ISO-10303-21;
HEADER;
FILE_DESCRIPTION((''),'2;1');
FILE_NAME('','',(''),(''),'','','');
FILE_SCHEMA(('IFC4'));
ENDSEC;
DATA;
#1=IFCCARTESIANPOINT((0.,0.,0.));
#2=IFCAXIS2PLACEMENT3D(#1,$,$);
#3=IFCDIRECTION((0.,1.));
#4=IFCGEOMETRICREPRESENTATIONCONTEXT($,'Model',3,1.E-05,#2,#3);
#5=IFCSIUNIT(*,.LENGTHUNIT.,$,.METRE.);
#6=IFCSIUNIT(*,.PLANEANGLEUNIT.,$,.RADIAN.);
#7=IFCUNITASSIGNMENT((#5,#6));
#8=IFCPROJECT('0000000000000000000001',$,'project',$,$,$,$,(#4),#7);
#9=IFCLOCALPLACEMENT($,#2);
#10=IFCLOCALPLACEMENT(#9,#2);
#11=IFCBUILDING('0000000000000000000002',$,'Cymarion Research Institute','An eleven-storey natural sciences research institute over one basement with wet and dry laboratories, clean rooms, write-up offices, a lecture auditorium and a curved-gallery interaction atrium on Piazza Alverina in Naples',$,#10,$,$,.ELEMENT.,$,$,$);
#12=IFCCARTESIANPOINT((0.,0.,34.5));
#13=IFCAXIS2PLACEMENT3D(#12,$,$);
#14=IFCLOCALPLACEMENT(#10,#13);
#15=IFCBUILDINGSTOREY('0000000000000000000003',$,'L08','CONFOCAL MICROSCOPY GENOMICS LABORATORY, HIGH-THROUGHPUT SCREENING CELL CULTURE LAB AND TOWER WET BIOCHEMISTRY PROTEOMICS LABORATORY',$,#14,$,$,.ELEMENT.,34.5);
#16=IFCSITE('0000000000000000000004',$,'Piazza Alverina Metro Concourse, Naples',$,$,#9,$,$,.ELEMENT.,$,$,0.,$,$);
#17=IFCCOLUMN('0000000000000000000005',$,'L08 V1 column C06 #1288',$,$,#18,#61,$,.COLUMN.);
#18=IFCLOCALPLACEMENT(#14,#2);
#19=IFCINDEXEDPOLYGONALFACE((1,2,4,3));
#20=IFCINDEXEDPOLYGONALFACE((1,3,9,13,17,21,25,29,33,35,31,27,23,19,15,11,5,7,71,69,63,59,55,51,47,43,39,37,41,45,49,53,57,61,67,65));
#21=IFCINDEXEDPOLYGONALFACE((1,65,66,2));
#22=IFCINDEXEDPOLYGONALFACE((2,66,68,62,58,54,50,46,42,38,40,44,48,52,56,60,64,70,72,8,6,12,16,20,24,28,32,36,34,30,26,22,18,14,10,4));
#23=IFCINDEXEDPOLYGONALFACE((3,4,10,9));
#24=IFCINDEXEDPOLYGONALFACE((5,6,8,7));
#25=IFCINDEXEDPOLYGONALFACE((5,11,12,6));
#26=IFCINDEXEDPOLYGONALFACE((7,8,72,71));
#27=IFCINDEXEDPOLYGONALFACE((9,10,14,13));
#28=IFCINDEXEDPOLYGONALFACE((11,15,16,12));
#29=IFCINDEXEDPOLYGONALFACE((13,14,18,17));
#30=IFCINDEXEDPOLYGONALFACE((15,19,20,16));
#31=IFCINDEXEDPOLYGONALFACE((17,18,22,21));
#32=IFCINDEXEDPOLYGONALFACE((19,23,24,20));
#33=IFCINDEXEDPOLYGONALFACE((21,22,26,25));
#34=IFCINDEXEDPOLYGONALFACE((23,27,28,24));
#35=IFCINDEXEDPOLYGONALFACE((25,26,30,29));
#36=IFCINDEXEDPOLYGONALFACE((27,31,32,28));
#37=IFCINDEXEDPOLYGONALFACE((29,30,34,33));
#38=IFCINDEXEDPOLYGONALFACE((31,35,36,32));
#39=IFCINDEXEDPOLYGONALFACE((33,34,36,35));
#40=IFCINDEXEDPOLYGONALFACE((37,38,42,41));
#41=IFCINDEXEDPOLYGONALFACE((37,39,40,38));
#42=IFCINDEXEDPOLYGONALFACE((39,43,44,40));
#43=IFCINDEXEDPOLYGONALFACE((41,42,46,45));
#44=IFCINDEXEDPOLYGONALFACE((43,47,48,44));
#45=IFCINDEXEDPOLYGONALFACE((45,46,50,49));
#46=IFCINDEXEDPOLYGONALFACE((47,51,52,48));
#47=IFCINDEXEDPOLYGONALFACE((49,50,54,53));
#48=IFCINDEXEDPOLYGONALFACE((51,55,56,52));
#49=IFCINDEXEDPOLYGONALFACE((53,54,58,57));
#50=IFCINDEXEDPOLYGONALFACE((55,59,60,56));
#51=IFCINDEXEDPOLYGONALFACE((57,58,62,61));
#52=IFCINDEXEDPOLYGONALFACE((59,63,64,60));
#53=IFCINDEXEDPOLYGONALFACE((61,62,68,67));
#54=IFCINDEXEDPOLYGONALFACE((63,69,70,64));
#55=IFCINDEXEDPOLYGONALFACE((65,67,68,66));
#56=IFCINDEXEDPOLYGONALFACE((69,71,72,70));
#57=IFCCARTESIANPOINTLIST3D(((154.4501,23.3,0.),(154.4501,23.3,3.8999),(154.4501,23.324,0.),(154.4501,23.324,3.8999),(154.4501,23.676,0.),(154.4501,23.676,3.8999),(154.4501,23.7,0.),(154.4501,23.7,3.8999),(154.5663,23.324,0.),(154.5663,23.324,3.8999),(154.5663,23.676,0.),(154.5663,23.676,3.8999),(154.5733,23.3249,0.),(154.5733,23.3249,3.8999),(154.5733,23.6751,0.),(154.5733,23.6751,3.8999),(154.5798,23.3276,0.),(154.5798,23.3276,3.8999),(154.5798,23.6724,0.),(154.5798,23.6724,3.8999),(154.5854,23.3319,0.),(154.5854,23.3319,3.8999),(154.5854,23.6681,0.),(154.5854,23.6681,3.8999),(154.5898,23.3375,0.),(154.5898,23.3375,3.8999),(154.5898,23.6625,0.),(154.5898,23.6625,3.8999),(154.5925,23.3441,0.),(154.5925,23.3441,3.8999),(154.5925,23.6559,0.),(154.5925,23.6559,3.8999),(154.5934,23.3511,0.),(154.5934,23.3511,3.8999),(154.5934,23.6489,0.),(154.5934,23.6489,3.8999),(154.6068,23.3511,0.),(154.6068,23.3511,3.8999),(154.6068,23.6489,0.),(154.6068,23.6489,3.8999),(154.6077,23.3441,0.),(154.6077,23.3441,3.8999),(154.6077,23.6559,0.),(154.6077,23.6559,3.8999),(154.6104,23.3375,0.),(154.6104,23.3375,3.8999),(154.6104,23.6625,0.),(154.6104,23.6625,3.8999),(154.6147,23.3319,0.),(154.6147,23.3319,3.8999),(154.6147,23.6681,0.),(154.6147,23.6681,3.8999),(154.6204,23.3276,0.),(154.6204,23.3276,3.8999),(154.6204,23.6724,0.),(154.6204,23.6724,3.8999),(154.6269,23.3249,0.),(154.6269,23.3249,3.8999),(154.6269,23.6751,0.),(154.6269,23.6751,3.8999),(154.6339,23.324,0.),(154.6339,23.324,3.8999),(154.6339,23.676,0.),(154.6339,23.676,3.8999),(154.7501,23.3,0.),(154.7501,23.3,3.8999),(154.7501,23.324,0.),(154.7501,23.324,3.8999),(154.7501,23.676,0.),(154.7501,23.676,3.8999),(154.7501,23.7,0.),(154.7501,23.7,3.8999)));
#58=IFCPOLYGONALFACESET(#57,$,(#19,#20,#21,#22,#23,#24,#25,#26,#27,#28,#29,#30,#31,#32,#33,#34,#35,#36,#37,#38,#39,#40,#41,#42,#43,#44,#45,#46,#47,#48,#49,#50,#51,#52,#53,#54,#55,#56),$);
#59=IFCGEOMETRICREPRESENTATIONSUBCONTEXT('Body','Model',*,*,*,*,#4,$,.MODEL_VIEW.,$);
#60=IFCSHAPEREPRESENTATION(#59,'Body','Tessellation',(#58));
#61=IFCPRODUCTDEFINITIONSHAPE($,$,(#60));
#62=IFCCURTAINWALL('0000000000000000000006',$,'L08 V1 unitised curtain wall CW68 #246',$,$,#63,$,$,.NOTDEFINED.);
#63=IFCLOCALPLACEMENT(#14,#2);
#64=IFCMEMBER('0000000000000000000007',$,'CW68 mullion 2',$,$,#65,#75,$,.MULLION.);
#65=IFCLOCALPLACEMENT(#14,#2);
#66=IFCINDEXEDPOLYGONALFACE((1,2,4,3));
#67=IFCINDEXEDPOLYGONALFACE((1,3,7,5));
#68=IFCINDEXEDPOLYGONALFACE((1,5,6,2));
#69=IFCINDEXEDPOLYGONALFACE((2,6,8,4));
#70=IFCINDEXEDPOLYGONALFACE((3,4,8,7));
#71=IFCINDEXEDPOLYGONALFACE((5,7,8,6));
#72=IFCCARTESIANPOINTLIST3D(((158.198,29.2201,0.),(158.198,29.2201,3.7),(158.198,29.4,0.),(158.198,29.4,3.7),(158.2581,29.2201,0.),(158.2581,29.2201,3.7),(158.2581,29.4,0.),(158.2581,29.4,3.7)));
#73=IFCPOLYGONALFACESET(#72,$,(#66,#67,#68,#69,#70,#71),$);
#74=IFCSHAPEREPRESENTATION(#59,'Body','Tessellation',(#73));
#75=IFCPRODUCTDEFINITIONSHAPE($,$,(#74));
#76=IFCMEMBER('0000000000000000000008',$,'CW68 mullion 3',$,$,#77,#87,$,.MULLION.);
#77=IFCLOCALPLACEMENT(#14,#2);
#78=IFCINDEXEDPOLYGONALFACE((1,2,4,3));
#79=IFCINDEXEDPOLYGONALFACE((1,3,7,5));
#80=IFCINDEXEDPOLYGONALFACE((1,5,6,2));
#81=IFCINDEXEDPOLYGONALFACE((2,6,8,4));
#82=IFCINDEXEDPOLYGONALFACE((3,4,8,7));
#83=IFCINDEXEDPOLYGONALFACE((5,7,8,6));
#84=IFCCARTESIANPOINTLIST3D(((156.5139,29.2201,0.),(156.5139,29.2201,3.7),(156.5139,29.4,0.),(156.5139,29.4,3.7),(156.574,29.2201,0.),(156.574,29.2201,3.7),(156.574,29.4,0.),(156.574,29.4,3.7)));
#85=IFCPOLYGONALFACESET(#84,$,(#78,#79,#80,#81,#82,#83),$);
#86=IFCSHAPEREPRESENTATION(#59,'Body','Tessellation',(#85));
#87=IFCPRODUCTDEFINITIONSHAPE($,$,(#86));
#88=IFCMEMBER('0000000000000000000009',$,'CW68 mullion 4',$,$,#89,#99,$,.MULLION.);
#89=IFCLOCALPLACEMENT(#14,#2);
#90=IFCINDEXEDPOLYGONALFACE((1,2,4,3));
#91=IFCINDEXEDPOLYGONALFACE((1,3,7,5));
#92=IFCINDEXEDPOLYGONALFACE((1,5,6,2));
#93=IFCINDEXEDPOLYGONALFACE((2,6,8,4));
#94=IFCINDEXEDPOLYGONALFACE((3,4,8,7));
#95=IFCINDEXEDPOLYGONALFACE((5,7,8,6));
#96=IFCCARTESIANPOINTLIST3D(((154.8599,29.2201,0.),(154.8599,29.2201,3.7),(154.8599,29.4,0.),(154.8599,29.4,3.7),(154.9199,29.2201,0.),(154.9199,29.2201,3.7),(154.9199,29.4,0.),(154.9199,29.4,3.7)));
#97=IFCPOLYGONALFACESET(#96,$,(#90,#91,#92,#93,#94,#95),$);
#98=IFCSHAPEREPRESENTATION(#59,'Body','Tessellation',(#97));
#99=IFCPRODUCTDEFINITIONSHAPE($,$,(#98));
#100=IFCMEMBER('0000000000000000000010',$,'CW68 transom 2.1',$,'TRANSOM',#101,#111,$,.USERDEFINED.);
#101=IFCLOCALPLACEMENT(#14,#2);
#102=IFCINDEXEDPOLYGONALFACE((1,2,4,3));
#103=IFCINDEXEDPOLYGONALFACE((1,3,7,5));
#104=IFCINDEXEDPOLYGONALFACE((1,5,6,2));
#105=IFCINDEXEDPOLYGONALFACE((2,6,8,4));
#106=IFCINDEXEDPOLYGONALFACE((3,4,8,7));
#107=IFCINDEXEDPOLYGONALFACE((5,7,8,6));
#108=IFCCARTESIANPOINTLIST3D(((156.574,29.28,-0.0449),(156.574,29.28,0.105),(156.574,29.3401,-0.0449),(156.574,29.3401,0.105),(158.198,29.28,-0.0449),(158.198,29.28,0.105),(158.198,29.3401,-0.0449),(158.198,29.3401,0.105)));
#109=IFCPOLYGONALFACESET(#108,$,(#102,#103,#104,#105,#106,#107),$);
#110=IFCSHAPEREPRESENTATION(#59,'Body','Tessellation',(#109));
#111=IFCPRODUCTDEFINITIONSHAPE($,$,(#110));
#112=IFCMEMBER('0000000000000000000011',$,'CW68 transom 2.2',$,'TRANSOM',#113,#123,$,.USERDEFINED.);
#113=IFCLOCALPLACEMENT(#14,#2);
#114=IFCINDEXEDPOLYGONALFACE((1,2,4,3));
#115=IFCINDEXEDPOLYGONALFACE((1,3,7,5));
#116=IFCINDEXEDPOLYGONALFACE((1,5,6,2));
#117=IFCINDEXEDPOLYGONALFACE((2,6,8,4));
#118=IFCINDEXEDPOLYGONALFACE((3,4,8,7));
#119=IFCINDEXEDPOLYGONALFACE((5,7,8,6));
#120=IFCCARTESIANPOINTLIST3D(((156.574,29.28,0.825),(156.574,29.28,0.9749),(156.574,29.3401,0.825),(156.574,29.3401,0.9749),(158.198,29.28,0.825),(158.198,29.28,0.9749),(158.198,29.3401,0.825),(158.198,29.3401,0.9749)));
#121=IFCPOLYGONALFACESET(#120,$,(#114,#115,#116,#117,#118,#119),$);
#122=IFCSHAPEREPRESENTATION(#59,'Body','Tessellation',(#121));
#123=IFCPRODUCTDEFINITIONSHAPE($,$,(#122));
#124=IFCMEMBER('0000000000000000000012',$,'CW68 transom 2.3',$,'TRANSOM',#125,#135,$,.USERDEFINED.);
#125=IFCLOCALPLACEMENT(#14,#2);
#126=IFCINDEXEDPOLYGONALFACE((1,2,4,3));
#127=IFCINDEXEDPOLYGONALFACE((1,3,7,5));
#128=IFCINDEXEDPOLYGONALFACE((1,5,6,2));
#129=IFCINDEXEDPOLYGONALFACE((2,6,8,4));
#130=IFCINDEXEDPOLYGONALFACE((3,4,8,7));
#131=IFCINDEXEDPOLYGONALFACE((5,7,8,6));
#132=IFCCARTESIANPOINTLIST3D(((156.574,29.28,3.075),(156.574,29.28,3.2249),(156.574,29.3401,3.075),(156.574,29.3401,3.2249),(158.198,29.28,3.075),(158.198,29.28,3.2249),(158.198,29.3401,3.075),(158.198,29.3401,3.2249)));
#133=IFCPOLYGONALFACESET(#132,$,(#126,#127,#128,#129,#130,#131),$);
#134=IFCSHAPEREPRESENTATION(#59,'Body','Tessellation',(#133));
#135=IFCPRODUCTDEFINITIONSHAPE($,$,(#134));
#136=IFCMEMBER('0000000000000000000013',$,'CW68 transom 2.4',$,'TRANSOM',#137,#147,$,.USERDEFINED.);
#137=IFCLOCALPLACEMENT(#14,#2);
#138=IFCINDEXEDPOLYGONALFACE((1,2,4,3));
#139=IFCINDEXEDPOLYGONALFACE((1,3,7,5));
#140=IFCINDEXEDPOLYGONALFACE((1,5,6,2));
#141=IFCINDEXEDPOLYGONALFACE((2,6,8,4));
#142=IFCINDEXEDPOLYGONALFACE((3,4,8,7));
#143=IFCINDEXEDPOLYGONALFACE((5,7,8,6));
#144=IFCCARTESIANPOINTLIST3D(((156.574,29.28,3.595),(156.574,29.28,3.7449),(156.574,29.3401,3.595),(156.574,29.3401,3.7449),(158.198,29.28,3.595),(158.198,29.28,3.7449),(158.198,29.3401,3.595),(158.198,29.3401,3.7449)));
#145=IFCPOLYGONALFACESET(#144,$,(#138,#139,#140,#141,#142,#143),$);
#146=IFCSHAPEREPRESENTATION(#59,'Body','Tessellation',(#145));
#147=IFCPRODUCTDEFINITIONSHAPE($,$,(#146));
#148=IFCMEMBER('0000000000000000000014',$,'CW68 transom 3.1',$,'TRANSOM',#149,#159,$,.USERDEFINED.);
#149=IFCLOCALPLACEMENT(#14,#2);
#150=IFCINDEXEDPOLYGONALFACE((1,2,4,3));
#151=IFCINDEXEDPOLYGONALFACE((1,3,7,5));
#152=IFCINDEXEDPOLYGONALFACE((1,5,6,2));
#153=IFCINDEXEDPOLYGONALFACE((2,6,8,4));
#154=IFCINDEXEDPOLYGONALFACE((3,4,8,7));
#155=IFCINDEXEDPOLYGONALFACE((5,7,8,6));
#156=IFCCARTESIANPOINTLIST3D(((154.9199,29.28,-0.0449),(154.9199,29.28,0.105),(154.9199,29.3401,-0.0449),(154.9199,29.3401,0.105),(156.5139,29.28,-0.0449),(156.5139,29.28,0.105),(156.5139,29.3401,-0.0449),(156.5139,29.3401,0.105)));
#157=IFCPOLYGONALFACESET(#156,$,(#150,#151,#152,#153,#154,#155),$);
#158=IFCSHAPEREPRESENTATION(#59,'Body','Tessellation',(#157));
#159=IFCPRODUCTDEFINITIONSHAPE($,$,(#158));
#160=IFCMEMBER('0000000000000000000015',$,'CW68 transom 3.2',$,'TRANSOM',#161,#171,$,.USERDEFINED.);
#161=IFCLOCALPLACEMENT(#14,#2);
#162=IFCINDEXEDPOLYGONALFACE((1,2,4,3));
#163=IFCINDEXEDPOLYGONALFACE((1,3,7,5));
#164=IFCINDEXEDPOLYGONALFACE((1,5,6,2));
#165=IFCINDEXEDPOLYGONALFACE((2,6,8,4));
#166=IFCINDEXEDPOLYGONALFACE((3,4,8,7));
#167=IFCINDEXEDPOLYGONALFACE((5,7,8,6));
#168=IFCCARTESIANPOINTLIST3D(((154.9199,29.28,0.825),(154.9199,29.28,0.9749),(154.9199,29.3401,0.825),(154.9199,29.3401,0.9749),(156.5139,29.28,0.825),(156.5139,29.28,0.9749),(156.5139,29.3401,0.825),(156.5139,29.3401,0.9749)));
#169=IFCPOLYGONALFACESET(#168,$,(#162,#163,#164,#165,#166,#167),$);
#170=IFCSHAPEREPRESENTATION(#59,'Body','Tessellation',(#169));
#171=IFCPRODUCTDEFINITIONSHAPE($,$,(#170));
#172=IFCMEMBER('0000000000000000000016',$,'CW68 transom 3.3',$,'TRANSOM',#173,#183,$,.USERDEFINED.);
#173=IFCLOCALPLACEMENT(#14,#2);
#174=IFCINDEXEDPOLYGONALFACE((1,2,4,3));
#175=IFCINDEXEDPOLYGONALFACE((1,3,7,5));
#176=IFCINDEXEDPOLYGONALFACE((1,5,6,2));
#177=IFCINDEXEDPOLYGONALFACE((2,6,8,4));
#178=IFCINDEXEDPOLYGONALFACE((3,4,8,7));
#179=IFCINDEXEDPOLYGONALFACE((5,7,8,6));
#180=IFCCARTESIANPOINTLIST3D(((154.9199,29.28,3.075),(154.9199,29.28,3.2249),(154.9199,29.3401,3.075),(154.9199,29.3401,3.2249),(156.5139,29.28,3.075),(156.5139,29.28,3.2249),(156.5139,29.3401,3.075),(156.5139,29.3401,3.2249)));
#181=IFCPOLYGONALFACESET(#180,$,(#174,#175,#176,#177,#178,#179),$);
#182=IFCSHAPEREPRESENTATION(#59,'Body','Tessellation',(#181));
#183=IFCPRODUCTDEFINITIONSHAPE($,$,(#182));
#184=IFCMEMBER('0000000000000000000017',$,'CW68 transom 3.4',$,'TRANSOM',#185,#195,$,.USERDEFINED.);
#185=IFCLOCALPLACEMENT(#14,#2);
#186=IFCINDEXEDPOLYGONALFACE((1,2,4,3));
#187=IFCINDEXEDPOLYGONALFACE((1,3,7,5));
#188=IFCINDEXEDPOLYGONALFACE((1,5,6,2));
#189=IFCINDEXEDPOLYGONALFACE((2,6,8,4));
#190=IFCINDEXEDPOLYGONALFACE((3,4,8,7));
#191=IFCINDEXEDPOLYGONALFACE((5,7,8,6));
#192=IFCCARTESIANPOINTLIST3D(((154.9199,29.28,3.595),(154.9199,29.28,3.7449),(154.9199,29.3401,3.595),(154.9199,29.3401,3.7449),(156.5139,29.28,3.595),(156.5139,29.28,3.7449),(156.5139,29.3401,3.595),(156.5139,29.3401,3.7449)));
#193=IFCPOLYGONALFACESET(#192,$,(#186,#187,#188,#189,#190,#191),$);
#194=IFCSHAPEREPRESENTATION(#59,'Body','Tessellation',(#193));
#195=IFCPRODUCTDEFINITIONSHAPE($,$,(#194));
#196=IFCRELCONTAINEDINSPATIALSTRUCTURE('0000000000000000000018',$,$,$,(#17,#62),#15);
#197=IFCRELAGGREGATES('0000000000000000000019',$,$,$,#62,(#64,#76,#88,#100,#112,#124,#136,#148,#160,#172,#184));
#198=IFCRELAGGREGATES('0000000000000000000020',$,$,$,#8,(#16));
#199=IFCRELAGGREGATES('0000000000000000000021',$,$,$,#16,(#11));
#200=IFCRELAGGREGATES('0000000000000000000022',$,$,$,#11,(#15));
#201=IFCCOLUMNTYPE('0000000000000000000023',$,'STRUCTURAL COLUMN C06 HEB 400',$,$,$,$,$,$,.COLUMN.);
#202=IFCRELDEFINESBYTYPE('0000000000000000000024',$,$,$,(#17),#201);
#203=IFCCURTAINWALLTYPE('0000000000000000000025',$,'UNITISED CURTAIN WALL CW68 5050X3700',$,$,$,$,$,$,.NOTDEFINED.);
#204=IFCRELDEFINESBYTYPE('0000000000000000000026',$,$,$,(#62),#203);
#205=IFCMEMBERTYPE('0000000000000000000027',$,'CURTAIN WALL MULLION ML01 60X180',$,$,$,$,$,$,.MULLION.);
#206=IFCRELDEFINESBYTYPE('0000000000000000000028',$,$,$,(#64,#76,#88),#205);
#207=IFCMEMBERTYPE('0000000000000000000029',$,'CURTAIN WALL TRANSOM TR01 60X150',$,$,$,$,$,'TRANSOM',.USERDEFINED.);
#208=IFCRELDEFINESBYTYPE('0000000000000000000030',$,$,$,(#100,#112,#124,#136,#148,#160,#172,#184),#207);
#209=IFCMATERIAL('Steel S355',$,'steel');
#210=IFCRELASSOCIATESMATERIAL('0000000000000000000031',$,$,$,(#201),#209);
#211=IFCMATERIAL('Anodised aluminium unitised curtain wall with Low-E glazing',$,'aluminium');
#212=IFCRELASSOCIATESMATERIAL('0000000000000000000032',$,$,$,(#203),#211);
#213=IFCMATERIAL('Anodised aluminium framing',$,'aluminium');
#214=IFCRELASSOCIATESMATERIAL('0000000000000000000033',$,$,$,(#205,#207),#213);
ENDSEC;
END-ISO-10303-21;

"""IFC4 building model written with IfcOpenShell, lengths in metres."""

from ifc_helpers import new_model, si_unit, direction, frame, origin, origin_2d, place, context, subcontext, project, spatial, rectangle, i_section, extrude, material, material_profile, profile_set, type_object, element, aggregate, save


model = new_model("IFC4")

# Units and contexts
model_context = context("Model", 3, precision=1e-05, world=origin(), true_north=direction((0.0, 1.0)))
body_context = subcontext(model_context, "Body", "Model", "MODEL_VIEW")
ifc_project = project(units=[si_unit("LENGTHUNIT", "METRE"), si_unit("PLANEANGLEUNIT", "RADIAN")], contexts=[model_context])

# Site, building, storey
site_placement = place(None, origin())
site = spatial("IfcSite", under=ifc_project, at=site_placement, Name="Piazza Alverina Metro Concourse, Naples", CompositionType="ELEMENT", RefElevation=0.0)
building_placement = place(site_placement, origin())
building = spatial("IfcBuilding", under=site, at=building_placement, Name="Cymarion Research Institute", Description="An eleven-storey natural sciences research institute over one basement with wet and dry laboratories, clean rooms, write-up offices, a lecture auditorium and a curved-gallery interaction atrium on Piazza Alverina in Naples", CompositionType="ELEMENT")
storey_placement = place(building_placement, frame((0.0, 0.0, 34.5)))
storey = spatial("IfcBuildingStorey", under=building, at=storey_placement, Name="L08", Description="CONFOCAL MICROSCOPY GENOMICS LABORATORY, HIGH-THROUGHPUT SCREENING CELL CULTURE LAB AND TOWER WET BIOCHEMISTRY PROTEOMICS LABORATORY", CompositionType="ELEMENT", Elevation=34.5)

# Column
ifc_material_1 = material(Name="Steel S355", Category="steel")
ifc_material_profile_1 = material_profile(ifc_material_1, i_section(OverallWidth=0.3, OverallDepth=0.3999, WebThickness=0.0134, FlangeThickness=0.0239, FilletRadius=0.0271, at=origin_2d()), Name="HEB 400")
ifc_profile_set_1 = profile_set([ifc_material_profile_1], Name="Steel S355")
column_type = type_object("IfcColumnType", Name="STRUCTURAL COLUMN C06 HEB 400", PredefinedType="COLUMN", material=ifc_profile_set_1)
column_placement = place(storey_placement, frame((154.6001, 23.5, 0.0), z_axis=(0.0, 0.0, 1.0), x_axis=(1.0, 0.0, 0.0)))
element("IfcColumn", 1, at=column_placement, inside=storey, type_object=column_type, Name="L08 V1 column C06 #1288", PredefinedType="COLUMN", context=body_context, shape_type="SweptSolid", body=[
    extrude(i_section(OverallWidth=0.3, OverallDepth=0.3999, WebThickness=0.0134, FlangeThickness=0.0239, FilletRadius=0.0271, at=origin_2d()), origin(), (0.0, 0.0, 1.0), 3.8999),
])

# Curtain wall, members
ifc_material_2 = material(Name="Anodised aluminium unitised curtain wall with Low-E glazing", Category="aluminium")
curtain_wall_type = type_object("IfcCurtainWallType", Name="UNITISED CURTAIN WALL CW68 5050X3700", PredefinedType="NOTDEFINED", material=ifc_material_2)
curtain_wall_placement = place(storey_placement, origin())
curtain_wall = element("IfcCurtainWall", 2, at=curtain_wall_placement, inside=storey, type_object=curtain_wall_type, Name="L08 V1 unitised curtain wall CW68 #246", PredefinedType="NOTDEFINED")
ifc_material_3 = material(Name="Anodised aluminium framing", Category="aluminium")
ifc_material_profile_2 = material_profile(ifc_material_3, rectangle(XDim=0.0601, YDim=0.1799, at=origin_2d()), Name="ALU MULLION 60x180")
ifc_profile_set_2 = profile_set([ifc_material_profile_2], Name="Anodised aluminium framing")
member_type_1 = type_object("IfcMemberType", Name="CURTAIN WALL MULLION ML01 60X180", PredefinedType="MULLION", material=ifc_profile_set_2)
member_1_placement = place(storey_placement, frame((158.228, 29.3101, 0.0), z_axis=(0.0, 0.0, 1.0), x_axis=(-1.0, 0.0, 0.0)))
member_1 = element("IfcMember", 3, at=member_1_placement, type_object=member_type_1, Name="CW68 mullion 2", PredefinedType="MULLION", context=body_context, shape_type="SweptSolid", body=[
    extrude(rectangle(XDim=0.0601, YDim=0.1799, at=origin_2d()), origin(), (0.0, 0.0, 1.0), 3.7),
])
member_2_placement = place(storey_placement, frame((156.5439, 29.3101, 0.0), z_axis=(0.0, 0.0, 1.0), x_axis=(-1.0, 0.0, 0.0)))
member_2 = element("IfcMember", 4, at=member_2_placement, type_object=member_type_1, Name="CW68 mullion 3", PredefinedType="MULLION", context=body_context, shape_type="SweptSolid", body=[
    extrude(rectangle(XDim=0.0601, YDim=0.1799, at=origin_2d()), origin(), (0.0, 0.0, 1.0), 3.7),
])
member_3_placement = place(storey_placement, frame((154.8899, 29.3101, 0.0), z_axis=(0.0, 0.0, 1.0), x_axis=(-1.0, 0.0, 0.0)))
member_3 = element("IfcMember", 5, at=member_3_placement, type_object=member_type_1, Name="CW68 mullion 4", PredefinedType="MULLION", context=body_context, shape_type="SweptSolid", body=[
    extrude(rectangle(XDim=0.0601, YDim=0.1799, at=origin_2d()), origin(), (0.0, 0.0, 1.0), 3.7),
])
ifc_material_profile_3 = material_profile(ifc_material_3, rectangle(XDim=0.0601, YDim=0.1499, at=origin_2d()), Name="ALU TRANSOM 60x150")
ifc_profile_set_3 = profile_set([ifc_material_profile_3], Name="Anodised aluminium framing")
member_type_2 = type_object("IfcMemberType", Name="CURTAIN WALL TRANSOM TR01 60X150", ElementType="TRANSOM", PredefinedType="USERDEFINED", material=ifc_profile_set_3)
member_4_placement = place(storey_placement, frame((158.198, 29.3101, 0.03), z_axis=(-1.0, 0.0, 0.0), x_axis=(0.0, -1.0, 0.0)))
member_4 = element("IfcMember", 6, at=member_4_placement, type_object=member_type_2, Name="CW68 transom 2.1", ObjectType="TRANSOM", PredefinedType="USERDEFINED", context=body_context, shape_type="SweptSolid", body=[
    extrude(rectangle(XDim=0.0601, YDim=0.1499, at=origin_2d()), origin(), (0.0, 0.0, 1.0), 1.624),
])
member_5_placement = place(storey_placement, frame((158.198, 29.3101, 0.8999), z_axis=(-1.0, 0.0, 0.0), x_axis=(0.0, -1.0, 0.0)))
member_5 = element("IfcMember", 7, at=member_5_placement, type_object=member_type_2, Name="CW68 transom 2.2", ObjectType="TRANSOM", PredefinedType="USERDEFINED", context=body_context, shape_type="SweptSolid", body=[
    extrude(rectangle(XDim=0.0601, YDim=0.1499, at=origin_2d()), origin(), (0.0, 0.0, 1.0), 1.624),
])
member_6_placement = place(storey_placement, frame((158.198, 29.3101, 3.1499), z_axis=(-1.0, 0.0, 0.0), x_axis=(0.0, -1.0, 0.0)))
member_6 = element("IfcMember", 8, at=member_6_placement, type_object=member_type_2, Name="CW68 transom 2.3", ObjectType="TRANSOM", PredefinedType="USERDEFINED", context=body_context, shape_type="SweptSolid", body=[
    extrude(rectangle(XDim=0.0601, YDim=0.1499, at=origin_2d()), origin(), (0.0, 0.0, 1.0), 1.624),
])
member_7_placement = place(storey_placement, frame((158.198, 29.3101, 3.6699), z_axis=(-1.0, 0.0, 0.0), x_axis=(0.0, -1.0, 0.0)))
member_7 = element("IfcMember", 9, at=member_7_placement, type_object=member_type_2, Name="CW68 transom 2.4", ObjectType="TRANSOM", PredefinedType="USERDEFINED", context=body_context, shape_type="SweptSolid", body=[
    extrude(rectangle(XDim=0.0601, YDim=0.1499, at=origin_2d()), origin(), (0.0, 0.0, 1.0), 1.624),
])
member_8_placement = place(storey_placement, frame((156.5139, 29.3101, 0.03), z_axis=(-1.0, 0.0, 0.0), x_axis=(0.0, -1.0, 0.0)))
member_8 = element("IfcMember", 10, at=member_8_placement, type_object=member_type_2, Name="CW68 transom 3.1", ObjectType="TRANSOM", PredefinedType="USERDEFINED", context=body_context, shape_type="SweptSolid", body=[
    extrude(rectangle(XDim=0.0601, YDim=0.1499, at=origin_2d()), origin(), (0.0, 0.0, 1.0), 1.594),
])
member_9_placement = place(storey_placement, frame((156.5139, 29.3101, 0.8999), z_axis=(-1.0, 0.0, 0.0), x_axis=(0.0, -1.0, 0.0)))
member_9 = element("IfcMember", 11, at=member_9_placement, type_object=member_type_2, Name="CW68 transom 3.2", ObjectType="TRANSOM", PredefinedType="USERDEFINED", context=body_context, shape_type="SweptSolid", body=[
    extrude(rectangle(XDim=0.0601, YDim=0.1499, at=origin_2d()), origin(), (0.0, 0.0, 1.0), 1.594),
])
member_10_placement = place(storey_placement, frame((156.5139, 29.3101, 3.1499), z_axis=(-1.0, 0.0, 0.0), x_axis=(0.0, -1.0, 0.0)))
member_10 = element("IfcMember", 12, at=member_10_placement, type_object=member_type_2, Name="CW68 transom 3.3", ObjectType="TRANSOM", PredefinedType="USERDEFINED", context=body_context, shape_type="SweptSolid", body=[
    extrude(rectangle(XDim=0.0601, YDim=0.1499, at=origin_2d()), origin(), (0.0, 0.0, 1.0), 1.594),
])
member_11_placement = place(storey_placement, frame((156.5139, 29.3101, 3.6699), z_axis=(-1.0, 0.0, 0.0), x_axis=(0.0, -1.0, 0.0)))
member_11 = element("IfcMember", 13, at=member_11_placement, type_object=member_type_2, Name="CW68 transom 3.4", ObjectType="TRANSOM", PredefinedType="USERDEFINED", context=body_context, shape_type="SweptSolid", body=[
    extrude(rectangle(XDim=0.0601, YDim=0.1499, at=origin_2d()), origin(), (0.0, 0.0, 1.0), 1.594),
])

aggregate(curtain_wall, [member_1, member_2, member_3, member_4, member_5, member_6, member_7, member_8, member_9, member_10, member_11])

save(model, "model.ifc")
